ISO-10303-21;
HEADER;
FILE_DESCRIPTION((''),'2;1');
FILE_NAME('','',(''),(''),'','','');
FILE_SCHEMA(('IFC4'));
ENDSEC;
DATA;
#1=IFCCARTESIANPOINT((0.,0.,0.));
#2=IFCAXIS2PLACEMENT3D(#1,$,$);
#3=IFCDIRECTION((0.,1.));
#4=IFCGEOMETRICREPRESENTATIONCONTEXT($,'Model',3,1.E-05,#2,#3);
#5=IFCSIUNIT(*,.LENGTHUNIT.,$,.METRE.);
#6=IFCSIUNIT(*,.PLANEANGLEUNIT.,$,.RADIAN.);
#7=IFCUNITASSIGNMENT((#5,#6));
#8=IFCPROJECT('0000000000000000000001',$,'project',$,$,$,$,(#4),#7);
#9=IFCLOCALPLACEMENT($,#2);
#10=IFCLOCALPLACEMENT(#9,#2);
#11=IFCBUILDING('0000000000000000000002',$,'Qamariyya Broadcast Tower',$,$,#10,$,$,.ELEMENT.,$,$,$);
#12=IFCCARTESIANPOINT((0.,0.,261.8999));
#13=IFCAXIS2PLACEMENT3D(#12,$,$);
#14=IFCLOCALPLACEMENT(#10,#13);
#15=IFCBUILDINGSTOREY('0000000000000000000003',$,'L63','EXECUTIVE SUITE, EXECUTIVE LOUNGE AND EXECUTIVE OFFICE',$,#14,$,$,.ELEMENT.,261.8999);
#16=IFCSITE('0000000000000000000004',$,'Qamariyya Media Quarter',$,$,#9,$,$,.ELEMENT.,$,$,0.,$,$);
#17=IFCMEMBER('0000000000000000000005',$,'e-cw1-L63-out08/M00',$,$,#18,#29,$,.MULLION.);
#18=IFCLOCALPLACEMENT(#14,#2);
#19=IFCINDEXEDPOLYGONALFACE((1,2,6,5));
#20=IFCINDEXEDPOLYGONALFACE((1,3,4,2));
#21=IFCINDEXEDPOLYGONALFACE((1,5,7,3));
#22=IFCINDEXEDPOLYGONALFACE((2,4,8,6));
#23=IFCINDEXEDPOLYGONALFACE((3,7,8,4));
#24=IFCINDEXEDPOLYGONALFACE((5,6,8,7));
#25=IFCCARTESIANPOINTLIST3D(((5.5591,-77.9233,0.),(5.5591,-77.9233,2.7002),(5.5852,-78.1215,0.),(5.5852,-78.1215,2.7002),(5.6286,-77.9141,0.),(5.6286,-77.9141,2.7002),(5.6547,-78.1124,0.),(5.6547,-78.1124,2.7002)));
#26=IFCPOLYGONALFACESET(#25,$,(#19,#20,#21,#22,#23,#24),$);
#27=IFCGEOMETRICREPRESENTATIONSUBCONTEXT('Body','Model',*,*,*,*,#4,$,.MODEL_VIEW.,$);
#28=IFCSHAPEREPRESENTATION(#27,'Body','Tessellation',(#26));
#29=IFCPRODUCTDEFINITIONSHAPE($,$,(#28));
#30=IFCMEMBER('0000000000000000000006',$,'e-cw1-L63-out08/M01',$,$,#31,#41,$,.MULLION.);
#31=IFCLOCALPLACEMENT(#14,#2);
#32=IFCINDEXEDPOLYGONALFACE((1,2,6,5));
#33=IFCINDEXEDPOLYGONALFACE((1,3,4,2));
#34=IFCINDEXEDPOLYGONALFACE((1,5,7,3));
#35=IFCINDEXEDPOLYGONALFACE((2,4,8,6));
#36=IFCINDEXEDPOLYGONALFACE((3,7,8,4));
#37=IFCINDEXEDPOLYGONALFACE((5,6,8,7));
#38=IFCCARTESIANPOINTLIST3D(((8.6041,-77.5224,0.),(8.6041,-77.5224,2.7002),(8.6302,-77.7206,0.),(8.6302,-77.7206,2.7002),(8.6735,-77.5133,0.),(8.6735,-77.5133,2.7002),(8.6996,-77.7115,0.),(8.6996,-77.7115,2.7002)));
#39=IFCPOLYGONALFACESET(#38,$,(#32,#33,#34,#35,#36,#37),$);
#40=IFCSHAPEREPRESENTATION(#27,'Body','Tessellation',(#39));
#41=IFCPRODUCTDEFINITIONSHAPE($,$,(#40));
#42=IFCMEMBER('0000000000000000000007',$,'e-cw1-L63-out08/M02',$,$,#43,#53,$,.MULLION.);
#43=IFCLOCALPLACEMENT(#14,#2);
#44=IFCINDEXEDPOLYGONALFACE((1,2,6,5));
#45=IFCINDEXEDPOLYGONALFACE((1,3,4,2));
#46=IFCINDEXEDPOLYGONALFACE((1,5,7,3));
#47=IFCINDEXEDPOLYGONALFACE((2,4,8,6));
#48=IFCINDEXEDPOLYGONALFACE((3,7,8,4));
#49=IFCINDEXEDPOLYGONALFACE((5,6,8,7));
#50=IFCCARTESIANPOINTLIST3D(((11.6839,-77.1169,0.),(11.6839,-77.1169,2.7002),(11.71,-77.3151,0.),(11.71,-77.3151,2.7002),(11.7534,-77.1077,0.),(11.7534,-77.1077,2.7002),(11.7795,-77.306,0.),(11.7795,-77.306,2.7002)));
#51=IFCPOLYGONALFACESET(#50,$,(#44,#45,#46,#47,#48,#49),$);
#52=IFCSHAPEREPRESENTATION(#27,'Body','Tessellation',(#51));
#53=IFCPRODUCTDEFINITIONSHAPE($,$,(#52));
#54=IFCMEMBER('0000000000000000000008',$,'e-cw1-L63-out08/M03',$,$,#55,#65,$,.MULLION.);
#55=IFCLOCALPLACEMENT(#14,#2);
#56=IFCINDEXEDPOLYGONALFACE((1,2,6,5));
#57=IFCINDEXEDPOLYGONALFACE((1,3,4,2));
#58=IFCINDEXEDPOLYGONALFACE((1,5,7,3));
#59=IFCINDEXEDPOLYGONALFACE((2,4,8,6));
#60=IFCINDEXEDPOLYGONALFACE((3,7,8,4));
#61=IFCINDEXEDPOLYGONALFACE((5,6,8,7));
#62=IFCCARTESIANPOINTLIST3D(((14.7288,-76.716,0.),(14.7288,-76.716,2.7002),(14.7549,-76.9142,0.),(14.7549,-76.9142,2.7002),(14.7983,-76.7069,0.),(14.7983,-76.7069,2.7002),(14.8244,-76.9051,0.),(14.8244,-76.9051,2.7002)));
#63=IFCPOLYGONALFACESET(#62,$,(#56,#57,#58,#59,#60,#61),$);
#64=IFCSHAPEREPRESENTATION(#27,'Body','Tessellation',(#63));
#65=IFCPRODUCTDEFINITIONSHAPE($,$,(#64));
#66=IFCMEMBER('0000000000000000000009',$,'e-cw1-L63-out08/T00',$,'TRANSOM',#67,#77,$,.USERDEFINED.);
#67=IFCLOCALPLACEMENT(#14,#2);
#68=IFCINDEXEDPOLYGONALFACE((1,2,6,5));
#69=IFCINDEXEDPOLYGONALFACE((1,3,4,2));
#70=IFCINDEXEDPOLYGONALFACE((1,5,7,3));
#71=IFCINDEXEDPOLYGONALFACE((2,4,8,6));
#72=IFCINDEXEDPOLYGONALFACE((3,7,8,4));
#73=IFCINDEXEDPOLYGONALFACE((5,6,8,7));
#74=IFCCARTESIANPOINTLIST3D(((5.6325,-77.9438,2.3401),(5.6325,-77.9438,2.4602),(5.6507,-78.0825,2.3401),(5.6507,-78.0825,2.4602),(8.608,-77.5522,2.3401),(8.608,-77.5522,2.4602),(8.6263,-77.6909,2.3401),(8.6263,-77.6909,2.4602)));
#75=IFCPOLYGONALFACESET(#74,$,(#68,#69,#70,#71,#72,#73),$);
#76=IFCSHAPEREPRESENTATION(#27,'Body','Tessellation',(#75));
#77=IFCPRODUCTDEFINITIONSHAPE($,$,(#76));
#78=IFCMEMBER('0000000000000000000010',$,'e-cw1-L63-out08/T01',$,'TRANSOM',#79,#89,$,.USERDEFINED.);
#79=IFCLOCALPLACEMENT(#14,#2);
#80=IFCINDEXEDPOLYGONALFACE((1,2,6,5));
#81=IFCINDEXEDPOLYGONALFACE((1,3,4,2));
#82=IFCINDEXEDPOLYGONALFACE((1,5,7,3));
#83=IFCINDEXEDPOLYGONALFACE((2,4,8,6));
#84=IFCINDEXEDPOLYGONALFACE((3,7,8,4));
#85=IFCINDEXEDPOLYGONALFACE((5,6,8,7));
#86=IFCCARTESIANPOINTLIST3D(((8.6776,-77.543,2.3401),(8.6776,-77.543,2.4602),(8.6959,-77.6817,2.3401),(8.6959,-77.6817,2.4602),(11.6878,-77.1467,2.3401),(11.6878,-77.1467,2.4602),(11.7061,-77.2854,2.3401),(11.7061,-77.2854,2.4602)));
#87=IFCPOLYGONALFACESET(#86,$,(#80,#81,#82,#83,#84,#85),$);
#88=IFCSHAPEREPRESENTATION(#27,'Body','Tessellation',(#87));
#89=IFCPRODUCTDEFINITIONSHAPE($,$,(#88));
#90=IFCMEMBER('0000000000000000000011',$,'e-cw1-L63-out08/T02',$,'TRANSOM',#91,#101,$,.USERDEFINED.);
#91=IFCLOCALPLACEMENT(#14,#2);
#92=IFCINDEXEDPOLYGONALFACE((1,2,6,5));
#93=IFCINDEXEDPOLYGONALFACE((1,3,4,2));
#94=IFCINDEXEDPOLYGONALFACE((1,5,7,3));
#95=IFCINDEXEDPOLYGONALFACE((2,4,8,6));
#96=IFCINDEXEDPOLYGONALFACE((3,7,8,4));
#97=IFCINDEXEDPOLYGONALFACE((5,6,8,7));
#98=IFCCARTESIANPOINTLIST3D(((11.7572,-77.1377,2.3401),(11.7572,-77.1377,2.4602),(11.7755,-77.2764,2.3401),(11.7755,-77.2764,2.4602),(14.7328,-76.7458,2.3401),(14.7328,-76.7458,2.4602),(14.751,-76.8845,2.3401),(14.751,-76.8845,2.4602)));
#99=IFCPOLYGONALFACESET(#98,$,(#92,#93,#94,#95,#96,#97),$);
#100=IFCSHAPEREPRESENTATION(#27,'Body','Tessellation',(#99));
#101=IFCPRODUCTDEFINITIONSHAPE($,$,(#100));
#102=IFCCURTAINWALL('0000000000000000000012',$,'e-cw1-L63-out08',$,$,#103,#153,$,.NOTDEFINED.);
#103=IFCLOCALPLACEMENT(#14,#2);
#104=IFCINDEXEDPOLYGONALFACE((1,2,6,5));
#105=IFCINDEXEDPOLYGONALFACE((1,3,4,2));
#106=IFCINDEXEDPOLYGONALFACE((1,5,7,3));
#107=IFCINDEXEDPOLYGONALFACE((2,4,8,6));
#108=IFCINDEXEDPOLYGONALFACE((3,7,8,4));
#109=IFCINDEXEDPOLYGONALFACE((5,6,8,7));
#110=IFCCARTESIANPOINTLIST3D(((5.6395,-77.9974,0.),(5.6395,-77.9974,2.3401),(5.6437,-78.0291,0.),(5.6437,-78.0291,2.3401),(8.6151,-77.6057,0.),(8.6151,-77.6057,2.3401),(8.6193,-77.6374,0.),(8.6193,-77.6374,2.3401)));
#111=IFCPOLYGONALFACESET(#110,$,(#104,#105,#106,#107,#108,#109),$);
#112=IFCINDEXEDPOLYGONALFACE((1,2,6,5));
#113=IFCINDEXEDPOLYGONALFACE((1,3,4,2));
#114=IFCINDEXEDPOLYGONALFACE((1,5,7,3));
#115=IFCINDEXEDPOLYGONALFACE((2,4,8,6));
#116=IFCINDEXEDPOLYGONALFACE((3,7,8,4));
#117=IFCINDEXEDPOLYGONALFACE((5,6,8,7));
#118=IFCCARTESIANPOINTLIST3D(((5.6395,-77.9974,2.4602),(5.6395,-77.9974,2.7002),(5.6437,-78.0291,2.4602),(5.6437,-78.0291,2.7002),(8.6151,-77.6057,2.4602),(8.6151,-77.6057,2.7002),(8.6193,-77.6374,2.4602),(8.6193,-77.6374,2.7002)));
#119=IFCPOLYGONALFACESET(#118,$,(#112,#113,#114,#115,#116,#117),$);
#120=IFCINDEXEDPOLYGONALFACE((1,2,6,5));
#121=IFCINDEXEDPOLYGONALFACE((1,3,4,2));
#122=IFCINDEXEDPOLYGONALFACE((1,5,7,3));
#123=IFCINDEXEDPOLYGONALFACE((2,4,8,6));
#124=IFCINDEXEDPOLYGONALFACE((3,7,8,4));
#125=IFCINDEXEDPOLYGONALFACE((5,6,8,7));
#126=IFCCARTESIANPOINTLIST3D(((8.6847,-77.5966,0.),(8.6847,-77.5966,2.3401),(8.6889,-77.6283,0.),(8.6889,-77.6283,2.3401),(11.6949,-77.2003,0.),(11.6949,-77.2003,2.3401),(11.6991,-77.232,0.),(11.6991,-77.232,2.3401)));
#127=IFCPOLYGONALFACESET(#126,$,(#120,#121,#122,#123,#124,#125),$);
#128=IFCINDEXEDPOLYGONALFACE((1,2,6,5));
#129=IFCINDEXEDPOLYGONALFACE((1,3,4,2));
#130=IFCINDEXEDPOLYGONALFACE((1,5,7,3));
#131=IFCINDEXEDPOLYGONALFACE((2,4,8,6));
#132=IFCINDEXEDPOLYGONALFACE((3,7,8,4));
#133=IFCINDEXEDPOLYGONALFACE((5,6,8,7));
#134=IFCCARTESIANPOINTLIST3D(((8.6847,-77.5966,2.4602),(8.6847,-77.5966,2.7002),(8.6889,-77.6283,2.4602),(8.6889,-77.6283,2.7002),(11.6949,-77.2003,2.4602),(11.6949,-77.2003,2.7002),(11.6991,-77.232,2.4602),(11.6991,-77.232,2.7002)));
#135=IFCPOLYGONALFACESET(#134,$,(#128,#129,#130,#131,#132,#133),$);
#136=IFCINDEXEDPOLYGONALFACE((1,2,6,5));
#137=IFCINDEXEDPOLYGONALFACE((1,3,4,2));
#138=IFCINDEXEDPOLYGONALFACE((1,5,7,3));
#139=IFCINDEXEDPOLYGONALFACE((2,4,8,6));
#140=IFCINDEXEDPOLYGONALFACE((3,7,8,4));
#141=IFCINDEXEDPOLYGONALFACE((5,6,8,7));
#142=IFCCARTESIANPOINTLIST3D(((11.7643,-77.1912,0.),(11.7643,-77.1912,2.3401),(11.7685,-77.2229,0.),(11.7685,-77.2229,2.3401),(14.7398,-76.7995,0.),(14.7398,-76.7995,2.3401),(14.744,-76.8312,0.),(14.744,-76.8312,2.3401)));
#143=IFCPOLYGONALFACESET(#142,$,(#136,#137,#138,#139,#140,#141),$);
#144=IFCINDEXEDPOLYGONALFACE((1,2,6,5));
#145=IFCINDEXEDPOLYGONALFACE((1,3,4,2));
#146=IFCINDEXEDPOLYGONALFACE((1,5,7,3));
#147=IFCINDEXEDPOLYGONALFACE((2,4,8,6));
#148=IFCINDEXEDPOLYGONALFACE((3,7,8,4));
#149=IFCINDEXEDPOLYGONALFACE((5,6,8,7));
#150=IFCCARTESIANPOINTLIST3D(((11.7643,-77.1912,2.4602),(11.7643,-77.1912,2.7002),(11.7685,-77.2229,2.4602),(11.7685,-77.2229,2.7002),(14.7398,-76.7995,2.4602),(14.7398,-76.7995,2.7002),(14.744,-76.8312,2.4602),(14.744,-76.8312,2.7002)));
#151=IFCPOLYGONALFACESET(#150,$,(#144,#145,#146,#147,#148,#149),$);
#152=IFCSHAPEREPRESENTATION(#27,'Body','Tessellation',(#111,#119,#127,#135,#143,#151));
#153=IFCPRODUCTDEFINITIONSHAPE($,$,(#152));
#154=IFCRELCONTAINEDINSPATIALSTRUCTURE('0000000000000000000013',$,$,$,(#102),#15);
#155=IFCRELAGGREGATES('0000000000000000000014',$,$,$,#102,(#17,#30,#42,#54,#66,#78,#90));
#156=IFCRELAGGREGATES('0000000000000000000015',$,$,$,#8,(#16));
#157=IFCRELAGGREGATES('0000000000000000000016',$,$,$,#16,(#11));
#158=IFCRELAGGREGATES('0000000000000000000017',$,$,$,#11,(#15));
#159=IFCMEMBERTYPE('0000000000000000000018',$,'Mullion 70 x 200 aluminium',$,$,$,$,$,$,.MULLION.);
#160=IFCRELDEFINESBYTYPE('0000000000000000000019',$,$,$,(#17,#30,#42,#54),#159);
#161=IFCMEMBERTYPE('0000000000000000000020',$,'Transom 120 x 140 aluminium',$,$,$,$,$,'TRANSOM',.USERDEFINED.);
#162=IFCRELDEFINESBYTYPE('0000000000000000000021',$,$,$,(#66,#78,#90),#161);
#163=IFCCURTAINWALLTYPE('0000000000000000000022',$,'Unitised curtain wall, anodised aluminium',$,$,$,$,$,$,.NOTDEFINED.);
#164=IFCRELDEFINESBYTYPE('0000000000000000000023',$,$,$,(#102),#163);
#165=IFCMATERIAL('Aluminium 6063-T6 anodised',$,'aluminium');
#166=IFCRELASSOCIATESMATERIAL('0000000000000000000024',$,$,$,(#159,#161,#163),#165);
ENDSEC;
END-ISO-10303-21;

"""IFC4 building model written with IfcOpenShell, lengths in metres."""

from ifc_helpers import new_model, si_unit, direction, frame, origin, origin_2d, place, context, subcontext, project, spatial, rectangle, extrude, material, material_profile, profile_set, type_object, element, aggregate, save


model = new_model("IFC4")

# Units and contexts
model_context = context("Model", 3, precision=1e-05, world=origin(), true_north=direction((0.0, 1.0)))
body_context = subcontext(model_context, "Body", "Model", "MODEL_VIEW")
ifc_project = project(units=[si_unit("LENGTHUNIT", "METRE"), si_unit("PLANEANGLEUNIT", "RADIAN")], contexts=[model_context])

# Site, building, storey
site_placement = place(None, origin())
site = spatial("IfcSite", under=ifc_project, at=site_placement, Name="Qamariyya Media Quarter", CompositionType="ELEMENT", RefElevation=0.0)
building_placement = place(site_placement, origin())
building = spatial("IfcBuilding", under=site, at=building_placement, Name="Qamariyya Broadcast Tower", CompositionType="ELEMENT")
storey_placement = place(building_placement, frame((0.0, 0.0, 261.8999)))
storey = spatial("IfcBuildingStorey", under=building, at=storey_placement, Name="L63", Description="EXECUTIVE SUITE, EXECUTIVE LOUNGE AND EXECUTIVE OFFICE", CompositionType="ELEMENT", Elevation=261.8999)

# Members
ifc_material_1 = material(Name="Aluminium 6063-T6 anodised", Category="aluminium")
ifc_material_profile_1 = material_profile(ifc_material_1, rectangle(XDim=0.2, YDim=0.0701, at=origin_2d()))
ifc_profile_set_1 = profile_set([ifc_material_profile_1], Name="Aluminium 6063-T6 anodised")
member_type_1 = type_object("IfcMemberType", Name="Mullion 70 x 200 aluminium", PredefinedType="MULLION", material=ifc_profile_set_1)
member_1_placement = place(storey_placement, frame((5.6069, -78.0178, 0.0), z_axis=(0.0, 0.0, 1.0), x_axis=(-0.130526, 0.991445, 0.0)))
member_1 = element("IfcMember", 1, at=member_1_placement, type_object=member_type_1, Name="e-cw1-L63-out08/M00", PredefinedType="MULLION", context=body_context, shape_type="SweptSolid", body=[
    extrude(rectangle(XDim=0.2, YDim=0.0701, at=origin_2d()), origin(), (0.0, 0.0, 1.0), 2.7002),
])
member_2_placement = place(storey_placement, frame((8.6519, -77.6169, 0.0), z_axis=(0.0, 0.0, 1.0), x_axis=(-0.130526, 0.991445, 0.0)))
member_2 = element("IfcMember", 2, at=member_2_placement, type_object=member_type_1, Name="e-cw1-L63-out08/M01", PredefinedType="MULLION", context=body_context, shape_type="SweptSolid", body=[
    extrude(rectangle(XDim=0.2, YDim=0.0701, at=origin_2d()), origin(), (0.0, 0.0, 1.0), 2.7002),
])
member_3_placement = place(storey_placement, frame((11.7317, -77.2114, 0.0), z_axis=(0.0, 0.0, 1.0), x_axis=(-0.130526, 0.991445, 0.0)))
member_3 = element("IfcMember", 3, at=member_3_placement, type_object=member_type_1, Name="e-cw1-L63-out08/M02", PredefinedType="MULLION", context=body_context, shape_type="SweptSolid", body=[
    extrude(rectangle(XDim=0.2, YDim=0.0701, at=origin_2d()), origin(), (0.0, 0.0, 1.0), 2.7002),
])
member_4_placement = place(storey_placement, frame((14.7766, -76.8105, 0.0), z_axis=(0.0, 0.0, 1.0), x_axis=(-0.130526, 0.991445, 0.0)))
member_4 = element("IfcMember", 4, at=member_4_placement, type_object=member_type_1, Name="e-cw1-L63-out08/M03", PredefinedType="MULLION", context=body_context, shape_type="SweptSolid", body=[
    extrude(rectangle(XDim=0.2, YDim=0.0701, at=origin_2d()), origin(), (0.0, 0.0, 1.0), 2.7002),
])

# Members
ifc_material_profile_2 = material_profile(ifc_material_1, rectangle(XDim=0.1399, YDim=0.1201, at=origin_2d()))
ifc_profile_set_2 = profile_set([ifc_material_profile_2], Name="Aluminium 6063-T6 anodised")
member_type_2 = type_object("IfcMemberType", Name="Transom 120 x 140 aluminium", ElementType="TRANSOM", PredefinedType="USERDEFINED", material=ifc_profile_set_2)
member_5_placement = place(storey_placement, frame((5.6416, -78.0132, 2.4001), z_axis=(0.991451, 0.13048, 0.0), x_axis=(-0.13048, 0.991451, 0.0)))
member_5 = element("IfcMember", 5, at=member_5_placement, type_object=member_type_2, Name="e-cw1-L63-out08/T00", ObjectType="TRANSOM", PredefinedType="USERDEFINED", context=body_context, shape_type="SweptSolid", body=[
    extrude(rectangle(XDim=0.1399, YDim=0.1201, at=origin_2d()), origin(), (0.0, 0.0, 1.0), 3.0012),
])
member_6_placement = place(storey_placement, frame((8.6868, -77.6123, 2.4001), z_axis=(0.991448, 0.130504, 0.0), x_axis=(-0.130504, 0.991448, 0.0)))
member_6 = element("IfcMember", 6, at=member_6_placement, type_object=member_type_2, Name="e-cw1-L63-out08/T01", ObjectType="TRANSOM", PredefinedType="USERDEFINED", context=body_context, shape_type="SweptSolid", body=[
    extrude(rectangle(XDim=0.1399, YDim=0.1201, at=origin_2d()), origin(), (0.0, 0.0, 1.0), 3.0361),
])
member_7_placement = place(storey_placement, frame((11.7664, -77.207, 2.4001), z_axis=(0.99144, 0.13056, 0.0), x_axis=(-0.13056, 0.99144, 0.0)))
member_7 = element("IfcMember", 7, at=member_7_placement, type_object=member_type_2, Name="e-cw1-L63-out08/T02", ObjectType="TRANSOM", PredefinedType="USERDEFINED", context=body_context, shape_type="SweptSolid", body=[
    extrude(rectangle(XDim=0.1399, YDim=0.1201, at=origin_2d()), origin(), (0.0, 0.0, 1.0), 3.0012),
])

# Curtain wall
curtain_wall_type = type_object("IfcCurtainWallType", Name="Unitised curtain wall, anodised aluminium", PredefinedType="NOTDEFINED", material=ifc_material_1)
curtain_wall_1_placement = place(storey_placement, origin())
curtain_wall_1 = element("IfcCurtainWall", 8, at=curtain_wall_1_placement, inside=storey, type_object=curtain_wall_type, Name="e-cw1-L63-out08", PredefinedType="NOTDEFINED", context=body_context, shape_type="SweptSolid", body=[
    extrude(rectangle(XDim=3.0012, YDim=0.032, at=origin_2d()), frame((7.1294, -77.8174, 0.0), x_axis=(0.991445, 0.130523, 0.0)), (0.0, 0.0, 1.0), 2.3401),
    extrude(rectangle(XDim=3.0012, YDim=0.032, at=origin_2d()), frame((7.1294, -77.8174, 2.4602), x_axis=(0.991445, 0.130523, 0.0)), (0.0, 0.0, 1.0), 0.24),
    extrude(rectangle(XDim=3.0361, YDim=0.032, at=origin_2d()), frame((10.1919, -77.4143, 0.0), x_axis=(0.991445, 0.130523, 0.0)), (0.0, 0.0, 1.0), 2.3401),
    extrude(rectangle(XDim=3.0361, YDim=0.032, at=origin_2d()), frame((10.1919, -77.4143, 2.4602), x_axis=(0.991445, 0.130523, 0.0)), (0.0, 0.0, 1.0), 0.24),
    extrude(rectangle(XDim=3.0012, YDim=0.032, at=origin_2d()), frame((13.2542, -77.0112, 0.0), x_axis=(0.991445, 0.130523, 0.0)), (0.0, 0.0, 1.0), 2.3401),
    extrude(rectangle(XDim=3.0012, YDim=0.032, at=origin_2d()), frame((13.2542, -77.0112, 2.4602), x_axis=(0.991445, 0.130523, 0.0)), (0.0, 0.0, 1.0), 0.24),
])
aggregate(curtain_wall_1, [member_1, member_2, member_3, member_4, member_5, member_6, member_7])

save(model, "model.ifc")
